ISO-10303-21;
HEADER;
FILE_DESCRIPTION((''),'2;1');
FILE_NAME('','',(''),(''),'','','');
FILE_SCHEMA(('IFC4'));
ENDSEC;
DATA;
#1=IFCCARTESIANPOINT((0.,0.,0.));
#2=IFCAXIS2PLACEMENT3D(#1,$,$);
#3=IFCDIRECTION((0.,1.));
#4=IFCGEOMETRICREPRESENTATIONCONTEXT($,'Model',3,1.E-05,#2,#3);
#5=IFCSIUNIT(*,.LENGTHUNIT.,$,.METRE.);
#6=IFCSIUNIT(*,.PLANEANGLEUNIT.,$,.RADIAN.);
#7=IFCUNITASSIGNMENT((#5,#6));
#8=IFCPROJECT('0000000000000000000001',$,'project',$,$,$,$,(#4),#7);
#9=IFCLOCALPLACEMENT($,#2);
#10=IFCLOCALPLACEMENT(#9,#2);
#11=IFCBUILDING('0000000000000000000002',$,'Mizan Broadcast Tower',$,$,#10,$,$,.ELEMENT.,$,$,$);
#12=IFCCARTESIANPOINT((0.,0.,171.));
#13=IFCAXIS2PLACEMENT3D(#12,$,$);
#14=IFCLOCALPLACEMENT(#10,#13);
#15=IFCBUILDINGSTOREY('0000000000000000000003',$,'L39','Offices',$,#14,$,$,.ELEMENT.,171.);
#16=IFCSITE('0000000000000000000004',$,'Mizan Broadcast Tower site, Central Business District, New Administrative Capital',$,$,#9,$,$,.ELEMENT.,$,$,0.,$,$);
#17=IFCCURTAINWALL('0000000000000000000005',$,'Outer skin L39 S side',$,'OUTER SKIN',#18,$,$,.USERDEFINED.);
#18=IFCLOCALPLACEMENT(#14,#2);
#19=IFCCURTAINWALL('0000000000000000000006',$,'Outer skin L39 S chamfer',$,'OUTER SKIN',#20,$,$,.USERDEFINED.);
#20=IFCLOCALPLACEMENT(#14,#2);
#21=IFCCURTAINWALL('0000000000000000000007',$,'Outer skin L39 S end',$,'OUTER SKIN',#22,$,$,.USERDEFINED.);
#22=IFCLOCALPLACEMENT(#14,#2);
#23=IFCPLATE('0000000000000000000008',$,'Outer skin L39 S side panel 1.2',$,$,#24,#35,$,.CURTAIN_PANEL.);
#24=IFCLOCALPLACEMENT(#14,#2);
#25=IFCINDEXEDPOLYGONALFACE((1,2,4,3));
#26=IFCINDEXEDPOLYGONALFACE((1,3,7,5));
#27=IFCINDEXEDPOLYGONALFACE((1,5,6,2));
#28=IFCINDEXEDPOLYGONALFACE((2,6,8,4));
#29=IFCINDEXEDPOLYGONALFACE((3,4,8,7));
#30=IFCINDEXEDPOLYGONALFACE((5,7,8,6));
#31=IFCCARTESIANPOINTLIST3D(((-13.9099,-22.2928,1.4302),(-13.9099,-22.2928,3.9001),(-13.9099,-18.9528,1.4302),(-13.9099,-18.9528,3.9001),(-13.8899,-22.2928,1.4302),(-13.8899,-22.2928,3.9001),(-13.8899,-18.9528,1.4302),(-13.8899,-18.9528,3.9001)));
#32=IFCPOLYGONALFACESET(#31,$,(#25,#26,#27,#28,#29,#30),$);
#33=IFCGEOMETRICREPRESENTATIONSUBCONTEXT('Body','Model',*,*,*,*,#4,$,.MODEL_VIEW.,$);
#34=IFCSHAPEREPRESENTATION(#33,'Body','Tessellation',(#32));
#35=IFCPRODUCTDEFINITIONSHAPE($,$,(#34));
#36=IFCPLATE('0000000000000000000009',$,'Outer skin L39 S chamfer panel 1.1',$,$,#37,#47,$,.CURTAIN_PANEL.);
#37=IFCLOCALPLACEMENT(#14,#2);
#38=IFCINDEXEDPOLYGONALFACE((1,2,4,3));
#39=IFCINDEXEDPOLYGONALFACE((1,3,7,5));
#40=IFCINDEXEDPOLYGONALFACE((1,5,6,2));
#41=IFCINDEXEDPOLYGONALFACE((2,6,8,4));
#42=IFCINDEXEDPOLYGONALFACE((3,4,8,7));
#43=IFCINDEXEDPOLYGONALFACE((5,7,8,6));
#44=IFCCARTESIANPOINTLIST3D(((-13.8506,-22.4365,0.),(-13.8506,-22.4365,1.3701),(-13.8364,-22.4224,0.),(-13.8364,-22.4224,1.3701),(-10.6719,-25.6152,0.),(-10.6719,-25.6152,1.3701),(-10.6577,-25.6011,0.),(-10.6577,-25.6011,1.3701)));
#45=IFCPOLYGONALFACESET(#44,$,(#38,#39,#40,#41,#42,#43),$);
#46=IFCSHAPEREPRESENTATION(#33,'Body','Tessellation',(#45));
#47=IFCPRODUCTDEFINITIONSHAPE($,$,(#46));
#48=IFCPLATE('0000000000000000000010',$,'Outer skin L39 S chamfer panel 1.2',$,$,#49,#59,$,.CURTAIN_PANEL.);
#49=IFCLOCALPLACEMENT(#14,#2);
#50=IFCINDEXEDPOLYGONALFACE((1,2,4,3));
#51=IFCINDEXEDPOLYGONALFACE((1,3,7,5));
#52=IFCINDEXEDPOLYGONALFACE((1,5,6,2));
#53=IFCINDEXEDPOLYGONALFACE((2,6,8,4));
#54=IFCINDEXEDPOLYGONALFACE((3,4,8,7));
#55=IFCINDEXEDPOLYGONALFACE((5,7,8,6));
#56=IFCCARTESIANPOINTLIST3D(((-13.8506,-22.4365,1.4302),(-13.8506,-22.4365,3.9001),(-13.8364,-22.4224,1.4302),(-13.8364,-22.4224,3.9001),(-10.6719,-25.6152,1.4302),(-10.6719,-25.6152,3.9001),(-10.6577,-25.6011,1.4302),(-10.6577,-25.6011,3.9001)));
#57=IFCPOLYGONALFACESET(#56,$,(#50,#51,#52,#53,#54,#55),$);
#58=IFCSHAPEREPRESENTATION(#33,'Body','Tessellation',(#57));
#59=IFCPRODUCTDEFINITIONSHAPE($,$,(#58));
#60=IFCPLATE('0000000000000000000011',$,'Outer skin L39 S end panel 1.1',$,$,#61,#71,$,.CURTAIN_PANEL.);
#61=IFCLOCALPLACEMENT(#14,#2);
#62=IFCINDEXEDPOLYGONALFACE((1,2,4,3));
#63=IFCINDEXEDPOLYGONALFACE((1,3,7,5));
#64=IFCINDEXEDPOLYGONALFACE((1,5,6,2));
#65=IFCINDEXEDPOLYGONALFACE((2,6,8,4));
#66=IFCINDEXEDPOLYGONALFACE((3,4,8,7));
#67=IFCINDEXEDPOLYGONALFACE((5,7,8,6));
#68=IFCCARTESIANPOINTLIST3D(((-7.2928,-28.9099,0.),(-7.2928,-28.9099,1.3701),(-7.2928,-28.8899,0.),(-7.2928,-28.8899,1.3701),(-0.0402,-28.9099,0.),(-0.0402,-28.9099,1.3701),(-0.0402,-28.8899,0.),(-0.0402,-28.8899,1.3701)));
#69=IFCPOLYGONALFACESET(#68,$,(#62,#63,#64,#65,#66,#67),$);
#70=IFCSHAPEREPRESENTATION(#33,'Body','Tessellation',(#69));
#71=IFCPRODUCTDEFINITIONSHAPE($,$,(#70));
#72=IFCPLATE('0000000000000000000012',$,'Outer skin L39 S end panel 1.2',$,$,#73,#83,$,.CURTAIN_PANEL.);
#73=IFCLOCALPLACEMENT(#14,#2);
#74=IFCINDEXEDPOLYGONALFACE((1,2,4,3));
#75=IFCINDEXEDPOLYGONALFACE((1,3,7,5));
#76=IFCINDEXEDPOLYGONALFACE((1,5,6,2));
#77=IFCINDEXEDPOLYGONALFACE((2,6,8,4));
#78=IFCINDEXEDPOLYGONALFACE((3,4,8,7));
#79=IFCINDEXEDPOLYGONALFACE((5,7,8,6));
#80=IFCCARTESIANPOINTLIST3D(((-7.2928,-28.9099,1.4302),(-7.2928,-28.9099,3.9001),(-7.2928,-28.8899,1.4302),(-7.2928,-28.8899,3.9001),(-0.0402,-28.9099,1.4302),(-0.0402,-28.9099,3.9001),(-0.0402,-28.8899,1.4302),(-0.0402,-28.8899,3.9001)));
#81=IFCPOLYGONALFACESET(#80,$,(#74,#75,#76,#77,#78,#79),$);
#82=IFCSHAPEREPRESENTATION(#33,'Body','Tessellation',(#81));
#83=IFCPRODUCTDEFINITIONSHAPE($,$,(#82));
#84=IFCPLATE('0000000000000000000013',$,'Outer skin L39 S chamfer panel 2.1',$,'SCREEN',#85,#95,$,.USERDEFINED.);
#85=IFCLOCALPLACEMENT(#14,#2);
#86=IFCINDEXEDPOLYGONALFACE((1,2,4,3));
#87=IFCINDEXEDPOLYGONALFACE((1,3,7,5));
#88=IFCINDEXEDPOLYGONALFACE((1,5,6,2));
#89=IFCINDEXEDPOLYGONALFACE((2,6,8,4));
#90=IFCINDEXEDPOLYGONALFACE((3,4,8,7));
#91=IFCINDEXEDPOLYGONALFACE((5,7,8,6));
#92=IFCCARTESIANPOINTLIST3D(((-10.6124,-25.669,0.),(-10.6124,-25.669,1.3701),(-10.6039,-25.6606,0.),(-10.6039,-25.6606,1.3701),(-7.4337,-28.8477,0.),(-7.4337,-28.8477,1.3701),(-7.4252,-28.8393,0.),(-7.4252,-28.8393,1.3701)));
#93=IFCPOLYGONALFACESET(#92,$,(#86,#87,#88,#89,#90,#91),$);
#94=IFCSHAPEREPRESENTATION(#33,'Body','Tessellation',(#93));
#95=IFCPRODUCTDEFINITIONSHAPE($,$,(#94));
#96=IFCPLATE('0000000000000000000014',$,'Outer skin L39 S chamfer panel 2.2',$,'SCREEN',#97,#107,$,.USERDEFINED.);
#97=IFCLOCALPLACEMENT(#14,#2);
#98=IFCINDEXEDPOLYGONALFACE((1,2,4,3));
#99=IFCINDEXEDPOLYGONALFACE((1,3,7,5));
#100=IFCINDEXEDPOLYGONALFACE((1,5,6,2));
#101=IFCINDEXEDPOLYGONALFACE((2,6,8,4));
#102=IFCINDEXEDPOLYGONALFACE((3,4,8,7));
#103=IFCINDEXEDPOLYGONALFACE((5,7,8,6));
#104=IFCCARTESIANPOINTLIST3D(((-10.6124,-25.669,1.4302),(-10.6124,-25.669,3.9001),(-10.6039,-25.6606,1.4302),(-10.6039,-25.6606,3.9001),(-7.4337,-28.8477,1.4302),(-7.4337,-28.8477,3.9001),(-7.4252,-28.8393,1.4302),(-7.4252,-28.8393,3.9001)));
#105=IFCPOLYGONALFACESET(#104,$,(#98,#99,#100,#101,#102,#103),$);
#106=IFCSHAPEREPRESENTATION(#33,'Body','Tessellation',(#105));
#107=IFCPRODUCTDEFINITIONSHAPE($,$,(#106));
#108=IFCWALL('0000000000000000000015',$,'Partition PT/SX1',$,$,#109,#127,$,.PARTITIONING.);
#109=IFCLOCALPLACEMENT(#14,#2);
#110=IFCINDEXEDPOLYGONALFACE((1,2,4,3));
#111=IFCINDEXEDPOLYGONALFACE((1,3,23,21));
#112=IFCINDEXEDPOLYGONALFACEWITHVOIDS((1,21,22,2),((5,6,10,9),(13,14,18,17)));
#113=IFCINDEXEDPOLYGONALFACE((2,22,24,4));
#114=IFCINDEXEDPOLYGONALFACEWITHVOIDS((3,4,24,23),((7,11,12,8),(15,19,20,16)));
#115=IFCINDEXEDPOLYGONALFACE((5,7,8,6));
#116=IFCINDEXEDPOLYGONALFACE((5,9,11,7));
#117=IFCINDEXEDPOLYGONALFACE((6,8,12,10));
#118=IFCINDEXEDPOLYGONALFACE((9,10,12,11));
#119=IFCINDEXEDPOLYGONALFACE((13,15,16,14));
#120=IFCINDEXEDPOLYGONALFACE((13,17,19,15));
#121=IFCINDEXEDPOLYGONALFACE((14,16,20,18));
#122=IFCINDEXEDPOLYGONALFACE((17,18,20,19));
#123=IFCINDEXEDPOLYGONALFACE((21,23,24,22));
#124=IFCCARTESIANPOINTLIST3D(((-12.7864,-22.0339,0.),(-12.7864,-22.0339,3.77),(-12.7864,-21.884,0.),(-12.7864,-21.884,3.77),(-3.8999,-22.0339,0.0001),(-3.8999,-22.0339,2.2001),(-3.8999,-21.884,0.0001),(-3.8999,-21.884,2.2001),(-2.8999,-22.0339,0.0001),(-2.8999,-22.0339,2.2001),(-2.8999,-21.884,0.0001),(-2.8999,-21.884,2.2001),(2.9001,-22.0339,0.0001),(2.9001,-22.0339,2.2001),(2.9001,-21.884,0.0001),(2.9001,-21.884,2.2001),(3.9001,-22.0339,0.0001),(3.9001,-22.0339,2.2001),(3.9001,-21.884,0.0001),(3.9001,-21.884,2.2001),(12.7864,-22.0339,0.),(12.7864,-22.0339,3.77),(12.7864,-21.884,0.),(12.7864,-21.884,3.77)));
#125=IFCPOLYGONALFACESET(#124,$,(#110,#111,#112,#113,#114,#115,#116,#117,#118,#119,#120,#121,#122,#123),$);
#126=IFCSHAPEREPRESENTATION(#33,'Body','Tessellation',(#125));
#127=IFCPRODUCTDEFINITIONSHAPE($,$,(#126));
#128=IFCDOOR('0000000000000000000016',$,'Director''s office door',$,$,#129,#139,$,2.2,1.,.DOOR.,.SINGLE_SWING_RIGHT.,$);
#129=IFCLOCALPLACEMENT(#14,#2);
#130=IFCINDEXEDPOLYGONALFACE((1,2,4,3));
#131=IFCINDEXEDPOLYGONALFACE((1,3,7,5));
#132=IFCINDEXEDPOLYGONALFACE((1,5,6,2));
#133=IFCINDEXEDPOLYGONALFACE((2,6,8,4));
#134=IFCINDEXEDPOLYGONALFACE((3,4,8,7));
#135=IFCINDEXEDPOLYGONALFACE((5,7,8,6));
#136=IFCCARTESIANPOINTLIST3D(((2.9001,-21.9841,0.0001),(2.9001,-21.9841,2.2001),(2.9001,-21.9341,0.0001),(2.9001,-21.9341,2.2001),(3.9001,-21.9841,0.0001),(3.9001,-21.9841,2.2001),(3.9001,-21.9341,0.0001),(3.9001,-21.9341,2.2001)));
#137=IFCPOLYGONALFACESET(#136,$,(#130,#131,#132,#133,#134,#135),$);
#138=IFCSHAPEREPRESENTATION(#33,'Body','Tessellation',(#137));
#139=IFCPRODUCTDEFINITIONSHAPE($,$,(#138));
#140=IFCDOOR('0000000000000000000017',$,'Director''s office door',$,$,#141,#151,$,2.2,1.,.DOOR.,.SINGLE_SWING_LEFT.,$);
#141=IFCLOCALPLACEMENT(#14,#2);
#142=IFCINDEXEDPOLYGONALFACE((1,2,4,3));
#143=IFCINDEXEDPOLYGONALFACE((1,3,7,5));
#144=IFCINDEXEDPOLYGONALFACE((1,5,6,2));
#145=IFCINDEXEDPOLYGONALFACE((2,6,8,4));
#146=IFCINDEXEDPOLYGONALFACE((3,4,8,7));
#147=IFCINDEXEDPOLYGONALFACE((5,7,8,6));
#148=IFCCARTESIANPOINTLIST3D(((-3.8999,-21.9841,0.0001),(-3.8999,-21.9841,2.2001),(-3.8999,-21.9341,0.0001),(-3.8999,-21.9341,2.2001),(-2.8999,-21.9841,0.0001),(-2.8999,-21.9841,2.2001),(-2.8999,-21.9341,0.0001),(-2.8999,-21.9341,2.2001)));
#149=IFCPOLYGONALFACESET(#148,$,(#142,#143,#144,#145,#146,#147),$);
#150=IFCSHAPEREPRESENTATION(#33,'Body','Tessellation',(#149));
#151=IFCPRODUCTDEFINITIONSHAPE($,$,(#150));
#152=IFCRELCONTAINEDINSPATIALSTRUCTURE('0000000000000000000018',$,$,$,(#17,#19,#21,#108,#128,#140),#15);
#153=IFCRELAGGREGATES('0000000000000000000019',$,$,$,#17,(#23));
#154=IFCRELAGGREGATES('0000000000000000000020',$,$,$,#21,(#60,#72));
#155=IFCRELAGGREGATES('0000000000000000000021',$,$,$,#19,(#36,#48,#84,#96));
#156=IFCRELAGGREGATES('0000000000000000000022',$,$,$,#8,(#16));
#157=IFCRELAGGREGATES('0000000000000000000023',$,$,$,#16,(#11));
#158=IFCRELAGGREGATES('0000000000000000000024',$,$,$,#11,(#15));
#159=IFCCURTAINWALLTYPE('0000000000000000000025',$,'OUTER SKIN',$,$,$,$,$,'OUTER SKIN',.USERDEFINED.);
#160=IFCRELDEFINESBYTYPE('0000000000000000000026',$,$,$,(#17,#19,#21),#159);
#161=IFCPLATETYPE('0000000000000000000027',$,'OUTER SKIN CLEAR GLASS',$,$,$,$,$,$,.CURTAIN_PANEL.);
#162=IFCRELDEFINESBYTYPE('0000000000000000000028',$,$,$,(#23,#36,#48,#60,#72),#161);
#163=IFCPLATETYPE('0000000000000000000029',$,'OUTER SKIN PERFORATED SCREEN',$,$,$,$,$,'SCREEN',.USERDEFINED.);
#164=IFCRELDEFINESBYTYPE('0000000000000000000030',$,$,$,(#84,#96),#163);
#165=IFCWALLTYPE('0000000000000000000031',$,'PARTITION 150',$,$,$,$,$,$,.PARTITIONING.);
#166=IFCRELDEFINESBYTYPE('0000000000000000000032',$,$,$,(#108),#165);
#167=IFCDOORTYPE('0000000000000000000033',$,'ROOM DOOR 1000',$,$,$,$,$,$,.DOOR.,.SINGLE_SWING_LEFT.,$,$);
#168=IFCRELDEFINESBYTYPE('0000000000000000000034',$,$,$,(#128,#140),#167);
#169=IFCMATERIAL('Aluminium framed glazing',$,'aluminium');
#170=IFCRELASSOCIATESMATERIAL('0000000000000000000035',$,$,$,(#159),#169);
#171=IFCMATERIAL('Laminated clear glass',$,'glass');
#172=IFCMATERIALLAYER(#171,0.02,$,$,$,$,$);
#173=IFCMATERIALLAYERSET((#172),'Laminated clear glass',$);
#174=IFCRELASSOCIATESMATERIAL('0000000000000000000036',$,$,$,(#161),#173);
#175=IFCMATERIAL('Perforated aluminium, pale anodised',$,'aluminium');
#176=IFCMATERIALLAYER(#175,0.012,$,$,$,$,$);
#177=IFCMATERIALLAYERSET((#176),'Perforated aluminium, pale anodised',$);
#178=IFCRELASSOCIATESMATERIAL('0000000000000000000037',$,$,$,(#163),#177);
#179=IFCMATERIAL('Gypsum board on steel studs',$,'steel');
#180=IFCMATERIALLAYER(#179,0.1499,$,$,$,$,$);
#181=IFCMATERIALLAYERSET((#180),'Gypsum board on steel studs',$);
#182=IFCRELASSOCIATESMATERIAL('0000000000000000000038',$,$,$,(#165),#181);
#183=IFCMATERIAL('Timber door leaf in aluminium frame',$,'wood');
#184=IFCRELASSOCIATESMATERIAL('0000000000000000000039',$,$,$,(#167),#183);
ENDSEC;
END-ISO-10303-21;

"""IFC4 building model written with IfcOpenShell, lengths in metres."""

from ifc_helpers import new_model, si_unit, direction, frame, frame_2d, origin, origin_2d, place, context, subcontext, project, spatial, rectangle, extrude, material, layer, layer_set, type_object, element, fill, aggregate, save


model = new_model("IFC4")

# Units and contexts
model_context = context("Model", 3, precision=1e-05, world=origin(), true_north=direction((0.0, 1.0)))
body_context = subcontext(model_context, "Body", "Model", "MODEL_VIEW")
ifc_project = project(units=[si_unit("LENGTHUNIT", "METRE"), si_unit("PLANEANGLEUNIT", "RADIAN")], contexts=[model_context])

# Site, building, storey
site_placement = place(None, origin())
site = spatial("IfcSite", under=ifc_project, at=site_placement, Name="Mizan Broadcast Tower site, Central Business District, New Administrative Capital", CompositionType="ELEMENT", RefElevation=0.0)
building_placement = place(site_placement, origin())
building = spatial("IfcBuilding", under=site, at=building_placement, Name="Mizan Broadcast Tower", CompositionType="ELEMENT")
storey_placement = place(building_placement, frame((0.0, 0.0, 171.0)))
storey = spatial("IfcBuildingStorey", under=building, at=storey_placement, Name="L39", Description="Offices", CompositionType="ELEMENT", Elevation=171.0)

# Curtain wall
ifc_material_1 = material(Name="Aluminium framed glazing", Category="aluminium")
curtain_wall_type_1 = type_object("IfcCurtainWallType", Name="OUTER SKIN", ElementType="OUTER SKIN", PredefinedType="USERDEFINED", material=ifc_material_1)
curtain_wall_1_placement = place(storey_placement, origin())
curtain_wall_1 = element("IfcCurtainWall", 1, at=curtain_wall_1_placement, inside=storey, type_object=curtain_wall_type_1, Name="Outer skin L39 S side", ObjectType="OUTER SKIN", PredefinedType="USERDEFINED")

# Curtain wall
curtain_wall_2_placement = place(storey_placement, origin())
curtain_wall_2 = element("IfcCurtainWall", 2, at=curtain_wall_2_placement, inside=storey, type_object=curtain_wall_type_1, Name="Outer skin L39 S chamfer", ObjectType="OUTER SKIN", PredefinedType="USERDEFINED")

# Curtain wall
curtain_wall_3_placement = place(storey_placement, origin())
curtain_wall_3 = element("IfcCurtainWall", 3, at=curtain_wall_3_placement, inside=storey, type_object=curtain_wall_type_1, Name="Outer skin L39 S end", ObjectType="OUTER SKIN", PredefinedType="USERDEFINED")

# Plates
ifc_material_2 = material(Name="Laminated clear glass", Category="glass")
ifc_layer_1 = layer(ifc_material_2, 0.02)
ifc_layer_set_1 = layer_set([ifc_layer_1], Name="Laminated clear glass")
plate_type_1 = type_object("IfcPlateType", Name="OUTER SKIN CLEAR GLASS", PredefinedType="CURTAIN_PANEL", material=ifc_layer_set_1)
plate_1_placement = place(storey_placement, frame((-13.8999, -20.6228, 1.4302), z_axis=(0.0, 0.0, 1.0), x_axis=(0.0, -1.0, 0.0)))
plate_1 = element("IfcPlate", 4, at=plate_1_placement, type_object=plate_type_1, Name="Outer skin L39 S side panel 1.2", PredefinedType="CURTAIN_PANEL", context=body_context, shape_type="SweptSolid", body=[
    extrude(rectangle(XDim=3.3401, YDim=0.02, at=origin_2d()), origin(), (0.0, 0.0, 1.0), 2.47),
])
aggregate(curtain_wall_1, [plate_1])
plate_2_placement = place(storey_placement, frame((-12.2542, -24.0188, 0.0), z_axis=(0.0, 0.0, 1.0), x_axis=(0.707107, -0.707107, 0.0)))
plate_2 = element("IfcPlate", 5, at=plate_2_placement, type_object=plate_type_1, Name="Outer skin L39 S chamfer panel 1.1", PredefinedType="CURTAIN_PANEL", context=body_context, shape_type="SweptSolid", body=[
    extrude(rectangle(XDim=4.4954, YDim=0.02, at=origin_2d()), origin(), (0.0, 0.0, 1.0), 1.3701),
])
plate_3_placement = place(storey_placement, frame((-12.2542, -24.0188, 1.4302), z_axis=(0.0, 0.0, 1.0), x_axis=(0.707107, -0.707107, 0.0)))
plate_3 = element("IfcPlate", 6, at=plate_3_placement, type_object=plate_type_1, Name="Outer skin L39 S chamfer panel 1.2", PredefinedType="CURTAIN_PANEL", context=body_context, shape_type="SweptSolid", body=[
    extrude(rectangle(XDim=4.4954, YDim=0.02, at=origin_2d()), origin(), (0.0, 0.0, 1.0), 2.47),
])
plate_4_placement = place(storey_placement, frame((-3.6665, -28.8999, 0.0), z_axis=(0.0, 0.0, 1.0), x_axis=(1.0, 0.0, 0.0)))
plate_4 = element("IfcPlate", 7, at=plate_4_placement, type_object=plate_type_1, Name="Outer skin L39 S end panel 1.1", PredefinedType="CURTAIN_PANEL", context=body_context, shape_type="SweptSolid", body=[
    extrude(rectangle(XDim=7.2527, YDim=0.02, at=origin_2d()), origin(), (0.0, 0.0, 1.0), 1.3701),
])
plate_5_placement = place(storey_placement, frame((-3.6665, -28.8999, 1.4302), z_axis=(0.0, 0.0, 1.0), x_axis=(1.0, 0.0, 0.0)))
plate_5 = element("IfcPlate", 8, at=plate_5_placement, type_object=plate_type_1, Name="Outer skin L39 S end panel 1.2", PredefinedType="CURTAIN_PANEL", context=body_context, shape_type="SweptSolid", body=[
    extrude(rectangle(XDim=7.2527, YDim=0.02, at=origin_2d()), origin(), (0.0, 0.0, 1.0), 2.47),
])
aggregate(curtain_wall_3, [plate_4, plate_5])
ifc_material_3 = material(Name="Perforated aluminium, pale anodised", Category="aluminium")
ifc_layer_2 = layer(ifc_material_3, 0.012)
ifc_layer_set_2 = layer_set([ifc_layer_2], Name="Perforated aluminium, pale anodised")
plate_type_2 = type_object("IfcPlateType", Name="OUTER SKIN PERFORATED SCREEN", ElementType="SCREEN", PredefinedType="USERDEFINED", material=ifc_layer_set_2)
plate_6_placement = place(storey_placement, frame((-9.0188, -27.2542, 0.0), z_axis=(0.0, 0.0, 1.0), x_axis=(0.707107, -0.707107, 0.0)))
plate_6 = element("IfcPlate", 9, at=plate_6_placement, type_object=plate_type_2, Name="Outer skin L39 S chamfer panel 2.1", ObjectType="SCREEN", PredefinedType="USERDEFINED", context=body_context, shape_type="SweptSolid", body=[
    extrude(rectangle(XDim=4.4954, YDim=0.012, at=origin_2d()), origin(), (0.0, 0.0, 1.0), 1.3701),
])
plate_7_placement = place(storey_placement, frame((-9.0188, -27.2542, 1.4302), z_axis=(0.0, 0.0, 1.0), x_axis=(0.707107, -0.707107, 0.0)))
plate_7 = element("IfcPlate", 10, at=plate_7_placement, type_object=plate_type_2, Name="Outer skin L39 S chamfer panel 2.2", ObjectType="SCREEN", PredefinedType="USERDEFINED", context=body_context, shape_type="SweptSolid", body=[
    extrude(rectangle(XDim=4.4954, YDim=0.012, at=origin_2d()), origin(), (0.0, 0.0, 1.0), 2.47),
])
aggregate(curtain_wall_2, [plate_2, plate_3, plate_6, plate_7])

# Wall, openings, doors
ifc_material_4 = material(Name="Gypsum board on steel studs", Category="steel")
ifc_layer_3 = layer(ifc_material_4, 0.1499)
ifc_layer_set_3 = layer_set([ifc_layer_3], Name="Gypsum board on steel studs")
wall_type = type_object("IfcWallType", Name="PARTITION 150", PredefinedType="PARTITIONING", material=ifc_layer_set_3)
wall_placement = place(storey_placement, frame((-12.7864, -21.959, 0.0), z_axis=(0.0, 0.0, 1.0), x_axis=(1.0, 0.0, 0.0)))
wall = element("IfcWall", 11, at=wall_placement, inside=storey, type_object=wall_type, Name="Partition PT/SX1", PredefinedType="PARTITIONING", context=body_context, shape_type="SweptSolid", body=[
    extrude(rectangle(XDim=25.5728, YDim=0.1499, at=frame_2d((12.7864, 0.0))), origin(), (0.0, 0.0, 1.0), 3.77),
])
opening_1_placement = place(wall_placement, frame((15.6865, 0.0, 0.0)))
opening_1 = element("IfcOpeningElement", 12, at=opening_1_placement, cuts=wall, PredefinedType="OPENING", context=body_context, shape_type="SweptSolid", body=[
    extrude(rectangle(XDim=1.0, YDim=2.2, at=frame_2d((0.5, 1.1001))), frame((0.0, 0.085, 0.0), z_axis=(0.0, -1.0, 0.0), x_axis=(1.0, 0.0, 0.0)), (0.0, 0.0, 1.0), 0.1699),
])
opening_2_placement = place(wall_placement, frame((8.8865, 0.0, 0.0)))
opening_2 = element("IfcOpeningElement", 13, at=opening_2_placement, cuts=wall, PredefinedType="OPENING", context=body_context, shape_type="SweptSolid", body=[
    extrude(rectangle(XDim=1.0, YDim=2.2, at=frame_2d((0.5, 1.1001))), frame((0.0, 0.085, 0.0), z_axis=(0.0, -1.0, 0.0), x_axis=(1.0, 0.0, 0.0)), (0.0, 0.0, 1.0), 0.1699),
])
ifc_material_5 = material(Name="Timber door leaf in aluminium frame", Category="wood")
door_type = type_object("IfcDoorType", Name="ROOM DOOR 1000", OperationType="SINGLE_SWING_LEFT", PredefinedType="DOOR", material=ifc_material_5)
door_1_placement = place(opening_1_placement, origin())
door_1 = element("IfcDoor", 14, at=door_1_placement, inside=storey, type_object=door_type, Name="Director's office door", OperationType="SINGLE_SWING_RIGHT", OverallHeight=2.2, OverallWidth=1.0, PredefinedType="DOOR", context=body_context, shape_type="SweptSolid", body=[
    extrude(rectangle(XDim=1.0, YDim=2.2, at=frame_2d((0.5, 1.1001))), frame((0.0, 0.0249, 0.0), z_axis=(0.0, -1.0, 0.0), x_axis=(1.0, 0.0, 0.0)), (0.0, 0.0, 1.0), 0.05),
])
fill(opening_1, door_1)
door_2_placement = place(opening_2_placement, origin())
door_2 = element("IfcDoor", 15, at=door_2_placement, inside=storey, type_object=door_type, Name="Director's office door", OperationType="SINGLE_SWING_LEFT", OverallHeight=2.2, OverallWidth=1.0, PredefinedType="DOOR", context=body_context, shape_type="SweptSolid", body=[
    extrude(rectangle(XDim=1.0, YDim=2.2, at=frame_2d((0.5, 1.1001))), frame((0.0, 0.0249, 0.0), z_axis=(0.0, -1.0, 0.0), x_axis=(1.0, 0.0, 0.0)), (0.0, 0.0, 1.0), 0.05),
])
fill(opening_2, door_2)

save(model, "model.ifc")
